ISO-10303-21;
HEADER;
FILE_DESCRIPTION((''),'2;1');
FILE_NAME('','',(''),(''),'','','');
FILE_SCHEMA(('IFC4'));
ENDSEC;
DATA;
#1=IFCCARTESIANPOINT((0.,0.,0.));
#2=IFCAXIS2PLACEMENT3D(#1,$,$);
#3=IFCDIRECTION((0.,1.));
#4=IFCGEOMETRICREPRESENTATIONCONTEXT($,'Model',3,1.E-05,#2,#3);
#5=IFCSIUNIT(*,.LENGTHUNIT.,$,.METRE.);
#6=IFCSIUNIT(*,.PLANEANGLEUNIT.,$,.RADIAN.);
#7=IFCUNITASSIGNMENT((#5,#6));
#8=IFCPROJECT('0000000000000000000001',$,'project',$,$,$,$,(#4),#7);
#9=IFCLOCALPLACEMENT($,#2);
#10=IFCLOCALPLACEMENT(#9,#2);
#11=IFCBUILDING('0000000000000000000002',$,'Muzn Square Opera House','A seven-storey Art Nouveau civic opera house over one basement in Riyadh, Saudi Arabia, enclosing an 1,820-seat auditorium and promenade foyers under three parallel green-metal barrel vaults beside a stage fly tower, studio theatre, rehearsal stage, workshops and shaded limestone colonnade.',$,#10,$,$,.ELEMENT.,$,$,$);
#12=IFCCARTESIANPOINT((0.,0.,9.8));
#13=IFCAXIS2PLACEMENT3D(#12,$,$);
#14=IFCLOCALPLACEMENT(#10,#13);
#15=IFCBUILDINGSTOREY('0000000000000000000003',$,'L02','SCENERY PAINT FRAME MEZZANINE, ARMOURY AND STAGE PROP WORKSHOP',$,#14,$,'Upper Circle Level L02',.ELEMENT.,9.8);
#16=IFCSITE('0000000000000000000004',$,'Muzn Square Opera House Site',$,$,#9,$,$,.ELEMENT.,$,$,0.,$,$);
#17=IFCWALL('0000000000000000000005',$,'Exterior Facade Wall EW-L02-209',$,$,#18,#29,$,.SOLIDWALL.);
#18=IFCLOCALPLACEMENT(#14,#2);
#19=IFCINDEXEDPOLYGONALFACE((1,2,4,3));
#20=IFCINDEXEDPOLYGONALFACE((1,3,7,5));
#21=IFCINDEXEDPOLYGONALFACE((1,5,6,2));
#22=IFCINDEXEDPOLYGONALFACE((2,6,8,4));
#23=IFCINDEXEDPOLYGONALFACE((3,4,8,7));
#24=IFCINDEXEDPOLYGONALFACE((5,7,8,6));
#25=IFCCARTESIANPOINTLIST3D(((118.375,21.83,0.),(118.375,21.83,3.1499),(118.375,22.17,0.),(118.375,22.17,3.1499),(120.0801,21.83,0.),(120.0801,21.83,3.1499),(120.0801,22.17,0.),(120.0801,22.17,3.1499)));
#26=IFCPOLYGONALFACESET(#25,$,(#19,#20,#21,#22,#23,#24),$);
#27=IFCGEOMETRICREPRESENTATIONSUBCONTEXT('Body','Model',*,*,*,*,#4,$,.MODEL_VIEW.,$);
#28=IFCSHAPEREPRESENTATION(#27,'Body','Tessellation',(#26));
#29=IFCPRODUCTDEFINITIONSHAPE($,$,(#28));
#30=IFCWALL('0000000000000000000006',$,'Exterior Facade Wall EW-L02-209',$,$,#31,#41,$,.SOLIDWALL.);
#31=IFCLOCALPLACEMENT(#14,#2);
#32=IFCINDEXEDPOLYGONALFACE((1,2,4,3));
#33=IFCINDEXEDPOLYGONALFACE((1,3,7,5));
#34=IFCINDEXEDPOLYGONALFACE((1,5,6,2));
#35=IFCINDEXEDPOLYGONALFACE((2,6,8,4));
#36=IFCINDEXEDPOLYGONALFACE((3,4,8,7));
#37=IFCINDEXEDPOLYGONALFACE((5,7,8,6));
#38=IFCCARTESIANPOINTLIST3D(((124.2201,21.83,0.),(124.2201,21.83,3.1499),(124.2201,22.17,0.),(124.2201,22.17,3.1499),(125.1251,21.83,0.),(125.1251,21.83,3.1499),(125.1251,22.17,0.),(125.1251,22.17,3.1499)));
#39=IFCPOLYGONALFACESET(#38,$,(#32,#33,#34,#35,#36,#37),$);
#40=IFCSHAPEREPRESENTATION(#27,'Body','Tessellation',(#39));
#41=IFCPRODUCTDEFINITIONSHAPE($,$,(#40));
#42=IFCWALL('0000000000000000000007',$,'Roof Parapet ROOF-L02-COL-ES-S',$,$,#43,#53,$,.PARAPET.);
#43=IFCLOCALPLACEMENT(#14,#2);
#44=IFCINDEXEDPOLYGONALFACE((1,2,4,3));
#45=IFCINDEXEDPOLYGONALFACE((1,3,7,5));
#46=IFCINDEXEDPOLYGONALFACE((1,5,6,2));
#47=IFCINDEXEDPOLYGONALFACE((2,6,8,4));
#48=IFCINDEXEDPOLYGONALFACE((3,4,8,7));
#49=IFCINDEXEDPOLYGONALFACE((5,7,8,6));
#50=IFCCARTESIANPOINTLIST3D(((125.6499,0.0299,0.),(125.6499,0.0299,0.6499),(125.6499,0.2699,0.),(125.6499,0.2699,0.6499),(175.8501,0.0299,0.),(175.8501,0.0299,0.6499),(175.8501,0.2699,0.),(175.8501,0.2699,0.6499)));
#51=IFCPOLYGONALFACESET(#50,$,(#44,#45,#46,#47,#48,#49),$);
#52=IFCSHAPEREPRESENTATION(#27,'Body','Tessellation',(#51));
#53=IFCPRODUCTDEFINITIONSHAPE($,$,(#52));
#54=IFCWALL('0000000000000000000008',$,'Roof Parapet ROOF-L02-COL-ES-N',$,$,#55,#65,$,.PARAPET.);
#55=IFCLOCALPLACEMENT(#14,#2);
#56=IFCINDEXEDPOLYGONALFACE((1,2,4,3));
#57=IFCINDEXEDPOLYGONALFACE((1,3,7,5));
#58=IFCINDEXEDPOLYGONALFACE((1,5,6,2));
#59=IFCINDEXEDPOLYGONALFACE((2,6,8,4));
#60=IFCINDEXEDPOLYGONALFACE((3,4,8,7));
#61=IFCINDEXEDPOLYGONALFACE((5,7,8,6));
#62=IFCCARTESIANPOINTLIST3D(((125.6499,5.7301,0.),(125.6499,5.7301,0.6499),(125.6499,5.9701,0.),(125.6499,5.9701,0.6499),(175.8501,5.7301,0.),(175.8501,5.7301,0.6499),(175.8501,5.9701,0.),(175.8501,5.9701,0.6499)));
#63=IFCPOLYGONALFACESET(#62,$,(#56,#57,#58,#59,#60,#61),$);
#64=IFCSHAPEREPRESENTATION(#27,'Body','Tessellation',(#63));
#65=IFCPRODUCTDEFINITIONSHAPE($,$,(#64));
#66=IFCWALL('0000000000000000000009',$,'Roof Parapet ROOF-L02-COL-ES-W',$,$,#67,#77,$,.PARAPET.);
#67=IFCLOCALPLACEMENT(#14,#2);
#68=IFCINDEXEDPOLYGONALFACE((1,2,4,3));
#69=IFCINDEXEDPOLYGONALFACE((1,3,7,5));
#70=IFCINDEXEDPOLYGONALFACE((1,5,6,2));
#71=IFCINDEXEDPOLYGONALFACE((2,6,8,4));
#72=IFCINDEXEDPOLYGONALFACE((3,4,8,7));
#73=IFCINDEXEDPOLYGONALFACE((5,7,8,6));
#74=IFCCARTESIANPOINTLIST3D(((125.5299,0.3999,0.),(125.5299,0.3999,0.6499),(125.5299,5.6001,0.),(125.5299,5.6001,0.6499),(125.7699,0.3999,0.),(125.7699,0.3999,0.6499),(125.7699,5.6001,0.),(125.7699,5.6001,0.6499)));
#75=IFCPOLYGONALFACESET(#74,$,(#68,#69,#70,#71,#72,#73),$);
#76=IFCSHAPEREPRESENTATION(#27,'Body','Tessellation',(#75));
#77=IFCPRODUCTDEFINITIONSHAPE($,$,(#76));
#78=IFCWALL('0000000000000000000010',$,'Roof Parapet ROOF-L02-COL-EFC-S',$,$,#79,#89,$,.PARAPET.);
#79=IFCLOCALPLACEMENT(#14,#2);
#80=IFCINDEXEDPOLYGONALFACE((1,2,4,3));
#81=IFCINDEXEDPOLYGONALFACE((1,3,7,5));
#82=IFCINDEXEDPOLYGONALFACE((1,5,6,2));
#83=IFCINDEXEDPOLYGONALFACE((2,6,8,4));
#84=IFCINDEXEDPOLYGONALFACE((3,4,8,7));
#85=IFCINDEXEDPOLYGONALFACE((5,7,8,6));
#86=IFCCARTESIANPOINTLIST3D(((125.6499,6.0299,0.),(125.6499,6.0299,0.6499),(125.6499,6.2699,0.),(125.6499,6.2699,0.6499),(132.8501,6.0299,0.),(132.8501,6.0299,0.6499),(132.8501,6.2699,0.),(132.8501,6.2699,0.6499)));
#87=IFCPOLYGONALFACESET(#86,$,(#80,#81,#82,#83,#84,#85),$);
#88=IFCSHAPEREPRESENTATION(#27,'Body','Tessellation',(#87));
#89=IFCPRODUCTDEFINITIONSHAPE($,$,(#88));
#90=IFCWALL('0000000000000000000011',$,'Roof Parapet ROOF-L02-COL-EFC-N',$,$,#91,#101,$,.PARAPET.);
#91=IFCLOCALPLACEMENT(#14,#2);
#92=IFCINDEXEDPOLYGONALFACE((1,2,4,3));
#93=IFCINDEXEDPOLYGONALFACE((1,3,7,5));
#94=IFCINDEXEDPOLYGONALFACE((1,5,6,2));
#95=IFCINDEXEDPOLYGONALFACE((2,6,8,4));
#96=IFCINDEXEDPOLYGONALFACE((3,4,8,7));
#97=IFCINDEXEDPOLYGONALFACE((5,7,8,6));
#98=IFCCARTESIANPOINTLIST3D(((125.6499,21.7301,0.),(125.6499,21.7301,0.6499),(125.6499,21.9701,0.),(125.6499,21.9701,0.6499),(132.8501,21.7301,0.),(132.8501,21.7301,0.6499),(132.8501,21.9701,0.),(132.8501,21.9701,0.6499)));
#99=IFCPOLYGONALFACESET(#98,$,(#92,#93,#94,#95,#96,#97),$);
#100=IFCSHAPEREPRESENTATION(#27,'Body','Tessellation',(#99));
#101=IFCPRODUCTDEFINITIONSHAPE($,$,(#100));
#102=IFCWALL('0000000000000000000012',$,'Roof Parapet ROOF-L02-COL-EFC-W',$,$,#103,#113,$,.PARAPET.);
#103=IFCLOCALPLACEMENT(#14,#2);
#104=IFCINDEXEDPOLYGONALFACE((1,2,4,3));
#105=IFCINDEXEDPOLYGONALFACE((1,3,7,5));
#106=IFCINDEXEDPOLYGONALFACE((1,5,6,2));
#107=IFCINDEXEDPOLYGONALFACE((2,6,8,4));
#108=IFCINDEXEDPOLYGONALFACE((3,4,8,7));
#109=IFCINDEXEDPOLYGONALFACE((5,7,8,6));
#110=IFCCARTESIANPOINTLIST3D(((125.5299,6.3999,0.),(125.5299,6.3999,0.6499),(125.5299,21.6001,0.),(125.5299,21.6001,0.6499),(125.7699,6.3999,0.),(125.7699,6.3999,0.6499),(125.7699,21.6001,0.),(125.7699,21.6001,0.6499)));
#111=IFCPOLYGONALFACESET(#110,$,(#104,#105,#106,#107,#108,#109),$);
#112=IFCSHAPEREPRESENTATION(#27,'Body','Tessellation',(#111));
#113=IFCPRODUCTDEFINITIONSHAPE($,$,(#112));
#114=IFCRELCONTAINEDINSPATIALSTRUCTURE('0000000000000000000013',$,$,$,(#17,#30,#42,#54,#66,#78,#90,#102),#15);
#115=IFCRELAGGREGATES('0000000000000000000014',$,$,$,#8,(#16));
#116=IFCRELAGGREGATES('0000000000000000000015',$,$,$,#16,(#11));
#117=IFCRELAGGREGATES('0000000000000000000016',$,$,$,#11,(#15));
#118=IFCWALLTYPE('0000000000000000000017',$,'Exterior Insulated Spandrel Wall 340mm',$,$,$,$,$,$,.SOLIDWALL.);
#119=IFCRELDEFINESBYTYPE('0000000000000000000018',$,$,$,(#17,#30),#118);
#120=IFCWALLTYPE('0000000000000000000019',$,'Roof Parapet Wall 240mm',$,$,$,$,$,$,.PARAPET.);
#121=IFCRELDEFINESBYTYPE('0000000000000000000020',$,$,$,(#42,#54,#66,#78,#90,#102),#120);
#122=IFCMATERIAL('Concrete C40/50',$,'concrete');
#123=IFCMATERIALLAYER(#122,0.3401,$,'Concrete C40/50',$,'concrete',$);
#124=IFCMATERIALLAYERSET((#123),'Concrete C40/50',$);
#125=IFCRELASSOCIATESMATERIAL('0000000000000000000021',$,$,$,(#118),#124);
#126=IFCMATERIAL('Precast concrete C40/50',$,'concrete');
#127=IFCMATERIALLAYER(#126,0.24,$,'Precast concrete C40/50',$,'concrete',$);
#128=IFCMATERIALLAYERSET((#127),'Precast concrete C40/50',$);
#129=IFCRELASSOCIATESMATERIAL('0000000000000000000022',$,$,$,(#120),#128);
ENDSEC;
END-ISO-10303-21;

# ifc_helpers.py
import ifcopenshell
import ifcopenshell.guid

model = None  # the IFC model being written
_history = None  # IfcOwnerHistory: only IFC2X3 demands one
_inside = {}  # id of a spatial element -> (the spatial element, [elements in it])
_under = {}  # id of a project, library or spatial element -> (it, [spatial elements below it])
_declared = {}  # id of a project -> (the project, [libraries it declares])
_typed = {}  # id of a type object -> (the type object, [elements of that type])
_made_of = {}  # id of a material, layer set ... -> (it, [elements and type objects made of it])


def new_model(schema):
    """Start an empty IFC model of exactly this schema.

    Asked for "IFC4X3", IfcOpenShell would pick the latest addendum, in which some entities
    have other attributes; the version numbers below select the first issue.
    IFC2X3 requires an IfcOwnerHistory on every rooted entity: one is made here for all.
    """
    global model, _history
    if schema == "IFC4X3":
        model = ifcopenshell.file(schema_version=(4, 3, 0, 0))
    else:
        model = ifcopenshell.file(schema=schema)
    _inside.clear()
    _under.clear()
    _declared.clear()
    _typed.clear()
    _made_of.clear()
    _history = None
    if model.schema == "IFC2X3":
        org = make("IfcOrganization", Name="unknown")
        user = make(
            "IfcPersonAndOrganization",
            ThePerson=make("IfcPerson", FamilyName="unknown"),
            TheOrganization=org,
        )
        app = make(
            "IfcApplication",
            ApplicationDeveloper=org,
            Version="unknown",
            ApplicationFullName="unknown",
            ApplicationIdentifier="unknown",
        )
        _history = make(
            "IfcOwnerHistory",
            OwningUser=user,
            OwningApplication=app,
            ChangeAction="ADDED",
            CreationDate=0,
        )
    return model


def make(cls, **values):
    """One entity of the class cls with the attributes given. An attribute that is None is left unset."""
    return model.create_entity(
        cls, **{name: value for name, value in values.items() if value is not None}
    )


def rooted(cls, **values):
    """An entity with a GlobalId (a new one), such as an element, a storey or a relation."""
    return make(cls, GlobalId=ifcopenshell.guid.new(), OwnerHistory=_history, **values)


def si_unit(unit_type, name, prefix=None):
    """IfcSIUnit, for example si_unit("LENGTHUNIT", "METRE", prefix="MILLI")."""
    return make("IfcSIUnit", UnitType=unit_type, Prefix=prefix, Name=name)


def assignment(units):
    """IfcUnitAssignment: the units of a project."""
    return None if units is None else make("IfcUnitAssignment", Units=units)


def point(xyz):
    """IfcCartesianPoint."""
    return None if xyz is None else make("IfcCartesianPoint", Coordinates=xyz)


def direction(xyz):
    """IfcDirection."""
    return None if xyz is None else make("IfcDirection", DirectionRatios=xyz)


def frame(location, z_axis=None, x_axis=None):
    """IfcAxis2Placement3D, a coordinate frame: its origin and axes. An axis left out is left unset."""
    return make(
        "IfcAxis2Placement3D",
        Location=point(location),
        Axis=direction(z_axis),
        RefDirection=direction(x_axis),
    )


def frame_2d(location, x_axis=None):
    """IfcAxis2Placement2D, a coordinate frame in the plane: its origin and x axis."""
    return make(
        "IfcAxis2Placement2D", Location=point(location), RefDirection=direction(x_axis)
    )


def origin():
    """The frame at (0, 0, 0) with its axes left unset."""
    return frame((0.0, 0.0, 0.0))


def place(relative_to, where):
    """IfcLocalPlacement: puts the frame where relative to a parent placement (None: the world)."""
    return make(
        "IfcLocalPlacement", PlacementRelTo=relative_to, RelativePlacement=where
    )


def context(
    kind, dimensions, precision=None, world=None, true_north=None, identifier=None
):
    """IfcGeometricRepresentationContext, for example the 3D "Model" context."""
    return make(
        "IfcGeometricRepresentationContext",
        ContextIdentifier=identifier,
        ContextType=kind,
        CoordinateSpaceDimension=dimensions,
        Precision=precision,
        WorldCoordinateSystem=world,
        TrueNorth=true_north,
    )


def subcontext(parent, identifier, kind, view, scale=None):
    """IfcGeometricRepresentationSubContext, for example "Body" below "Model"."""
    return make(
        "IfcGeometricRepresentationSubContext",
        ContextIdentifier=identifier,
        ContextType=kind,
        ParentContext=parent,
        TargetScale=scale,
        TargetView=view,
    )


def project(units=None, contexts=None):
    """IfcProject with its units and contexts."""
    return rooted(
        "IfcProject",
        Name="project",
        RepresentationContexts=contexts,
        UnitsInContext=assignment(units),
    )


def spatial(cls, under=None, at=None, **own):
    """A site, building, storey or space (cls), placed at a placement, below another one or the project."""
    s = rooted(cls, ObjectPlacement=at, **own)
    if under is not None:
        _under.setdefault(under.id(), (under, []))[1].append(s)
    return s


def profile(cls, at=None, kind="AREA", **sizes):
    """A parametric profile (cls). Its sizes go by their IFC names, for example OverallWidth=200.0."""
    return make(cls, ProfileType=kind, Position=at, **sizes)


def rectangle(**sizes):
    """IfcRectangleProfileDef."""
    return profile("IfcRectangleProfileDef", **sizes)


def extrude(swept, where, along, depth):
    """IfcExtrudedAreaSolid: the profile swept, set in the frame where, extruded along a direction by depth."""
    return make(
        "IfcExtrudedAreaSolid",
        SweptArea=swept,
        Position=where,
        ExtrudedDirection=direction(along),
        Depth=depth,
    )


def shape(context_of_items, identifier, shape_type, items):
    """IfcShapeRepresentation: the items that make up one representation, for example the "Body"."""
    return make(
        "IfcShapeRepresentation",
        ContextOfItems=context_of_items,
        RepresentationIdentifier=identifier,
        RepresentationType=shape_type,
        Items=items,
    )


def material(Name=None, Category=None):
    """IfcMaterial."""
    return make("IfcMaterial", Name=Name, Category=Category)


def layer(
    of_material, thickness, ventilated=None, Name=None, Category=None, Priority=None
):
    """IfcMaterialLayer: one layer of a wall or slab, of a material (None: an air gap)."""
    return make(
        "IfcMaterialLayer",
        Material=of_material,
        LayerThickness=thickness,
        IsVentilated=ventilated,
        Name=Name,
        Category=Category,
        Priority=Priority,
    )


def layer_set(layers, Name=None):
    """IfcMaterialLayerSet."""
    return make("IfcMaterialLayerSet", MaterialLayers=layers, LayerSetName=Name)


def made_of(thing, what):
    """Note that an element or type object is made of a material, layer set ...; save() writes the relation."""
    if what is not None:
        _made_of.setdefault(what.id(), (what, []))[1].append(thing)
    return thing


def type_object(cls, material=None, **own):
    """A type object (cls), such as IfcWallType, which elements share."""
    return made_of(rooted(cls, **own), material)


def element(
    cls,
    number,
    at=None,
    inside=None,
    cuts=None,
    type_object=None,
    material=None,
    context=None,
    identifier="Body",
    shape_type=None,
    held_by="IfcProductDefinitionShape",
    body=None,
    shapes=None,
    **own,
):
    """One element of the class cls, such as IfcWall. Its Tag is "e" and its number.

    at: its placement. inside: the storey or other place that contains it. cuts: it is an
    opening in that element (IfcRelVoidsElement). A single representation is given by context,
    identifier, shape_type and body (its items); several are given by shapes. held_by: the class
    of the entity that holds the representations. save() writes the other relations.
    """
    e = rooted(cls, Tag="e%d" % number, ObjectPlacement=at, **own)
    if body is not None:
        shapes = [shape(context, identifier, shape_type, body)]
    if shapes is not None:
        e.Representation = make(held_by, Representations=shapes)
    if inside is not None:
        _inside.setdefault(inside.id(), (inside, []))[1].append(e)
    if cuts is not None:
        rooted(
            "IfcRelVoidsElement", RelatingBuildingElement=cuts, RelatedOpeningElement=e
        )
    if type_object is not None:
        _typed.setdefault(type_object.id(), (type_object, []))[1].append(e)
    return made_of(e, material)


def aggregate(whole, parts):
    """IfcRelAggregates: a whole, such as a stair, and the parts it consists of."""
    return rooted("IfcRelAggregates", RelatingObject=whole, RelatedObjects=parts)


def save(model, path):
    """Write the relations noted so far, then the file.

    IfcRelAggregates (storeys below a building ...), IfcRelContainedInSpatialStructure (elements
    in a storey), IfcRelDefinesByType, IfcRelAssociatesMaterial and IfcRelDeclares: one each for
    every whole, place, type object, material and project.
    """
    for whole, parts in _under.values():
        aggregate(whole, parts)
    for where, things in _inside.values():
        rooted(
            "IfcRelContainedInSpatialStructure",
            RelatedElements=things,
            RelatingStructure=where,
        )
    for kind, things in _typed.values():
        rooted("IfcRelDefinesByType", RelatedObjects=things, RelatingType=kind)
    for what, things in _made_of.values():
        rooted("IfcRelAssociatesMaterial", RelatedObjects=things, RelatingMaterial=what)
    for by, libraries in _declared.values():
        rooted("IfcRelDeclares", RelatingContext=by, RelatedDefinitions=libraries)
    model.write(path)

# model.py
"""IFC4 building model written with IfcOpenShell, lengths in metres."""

from ifc_helpers import new_model, si_unit, direction, frame, frame_2d, origin, place, context, subcontext, project, spatial, rectangle, extrude, material, layer, layer_set, type_object, element, save


model = new_model("IFC4")

# Units and contexts
model_context = context("Model", 3, precision=1e-05, world=origin(), true_north=direction((0.0, 1.0)))
body_context = subcontext(model_context, "Body", "Model", "MODEL_VIEW")
ifc_project = project(units=[si_unit("LENGTHUNIT", "METRE"), si_unit("PLANEANGLEUNIT", "RADIAN")], contexts=[model_context])

# Site, building, storey
site_placement = place(None, origin())
site = spatial("IfcSite", under=ifc_project, at=site_placement, Name="Muzn Square Opera House Site", CompositionType="ELEMENT", RefElevation=0.0)
building_placement = place(site_placement, origin())
building = spatial("IfcBuilding", under=site, at=building_placement, Name="Muzn Square Opera House", Description="A seven-storey Art Nouveau civic opera house over one basement in Riyadh, Saudi Arabia, enclosing an 1,820-seat auditorium and promenade foyers under three parallel green-metal barrel vaults beside a stage fly tower, studio theatre, rehearsal stage, workshops and shaded limestone colonnade.", CompositionType="ELEMENT")
storey_placement = place(building_placement, frame((0.0, 0.0, 9.8)))
storey = spatial("IfcBuildingStorey", under=building, at=storey_placement, Name="L02", Description="SCENERY PAINT FRAME MEZZANINE, ARMOURY AND STAGE PROP WORKSHOP", LongName="Upper Circle Level L02", CompositionType="ELEMENT", Elevation=9.8)

# Shared definitions
ifc_material_1 = material(Name="Concrete C40/50", Category="concrete")

# Walls
ifc_layer_1 = layer(ifc_material_1, 0.3401, Name="Concrete C40/50", Category="concrete")
ifc_layer_set_1 = layer_set([ifc_layer_1], Name="Concrete C40/50")
wall_type_1 = type_object("IfcWallType", Name="Exterior Insulated Spandrel Wall 340mm", PredefinedType="SOLIDWALL", material=ifc_layer_set_1)
wall_1_placement = place(storey_placement, frame((118.375, 22.0, 0.0), z_axis=(0.0, 0.0, 1.0), x_axis=(1.0, 0.0, 0.0)))
element("IfcWall", 1, at=wall_1_placement, inside=storey, type_object=wall_type_1, Name="Exterior Facade Wall EW-L02-209", PredefinedType="SOLIDWALL", context=body_context, shape_type="SweptSolid", body=[
    extrude(rectangle(XDim=1.7051, YDim=0.3401, at=frame_2d((0.8525, 0.0))), origin(), (0.0, 0.0, 1.0), 3.1499),
])
wall_2_placement = place(storey_placement, frame((124.22, 22.0, 0.0), z_axis=(0.0, 0.0, 1.0), x_axis=(1.0, 0.0, 0.0)))
element("IfcWall", 2, at=wall_2_placement, inside=storey, type_object=wall_type_1, Name="Exterior Facade Wall EW-L02-209", PredefinedType="SOLIDWALL", context=body_context, shape_type="SweptSolid", body=[
    extrude(rectangle(XDim=0.905, YDim=0.3401, at=frame_2d((0.4526, 0.0))), origin(), (0.0, 0.0, 1.0), 3.1499),
])
ifc_material_2 = material(Name="Precast concrete C40/50", Category="concrete")
ifc_layer_2 = layer(ifc_material_2, 0.24, Name="Precast concrete C40/50", Category="concrete")
ifc_layer_set_2 = layer_set([ifc_layer_2], Name="Precast concrete C40/50")
wall_type_2 = type_object("IfcWallType", Name="Roof Parapet Wall 240mm", PredefinedType="PARAPET", material=ifc_layer_set_2)
for number, where, z_axis, x_axis, name in (
    (3, (125.6499, 0.1499, 0.0), (0.0, 0.0, 1.0), (1.0, 0.0, 0.0), "Roof Parapet ROOF-L02-COL-ES-S"),
    (4, (125.6499, 5.8501, 0.0), (0.0, 0.0, 1.0), (1.0, 0.0, 0.0), "Roof Parapet ROOF-L02-COL-ES-N"),
):
    element("IfcWall", number, at=place(storey_placement, frame(where, z_axis=z_axis, x_axis=x_axis)), inside=storey, type_object=wall_type_2, Name=name, PredefinedType="PARAPET", context=body_context, shape_type="SweptSolid", body=[
        extrude(rectangle(XDim=50.2002, YDim=0.24, at=frame_2d((25.1001, 0.0))), origin(), (0.0, 0.0, 1.0), 0.6499),
    ])
wall_3_placement = place(storey_placement, frame((125.6499, 0.3999, 0.0), z_axis=(0.0, 0.0, 1.0), x_axis=(0.0, 1.0, 0.0)))
element("IfcWall", 5, at=wall_3_placement, inside=storey, type_object=wall_type_2, Name="Roof Parapet ROOF-L02-COL-ES-W", PredefinedType="PARAPET", context=body_context, shape_type="SweptSolid", body=[
    extrude(rectangle(XDim=5.2002, YDim=0.24, at=frame_2d((2.6001, 0.0))), origin(), (0.0, 0.0, 1.0), 0.6499),
])
for number, where, z_axis, x_axis, name in (
    (6, (125.6499, 6.1499, 0.0), (0.0, 0.0, 1.0), (1.0, 0.0, 0.0), "Roof Parapet ROOF-L02-COL-EFC-S"),
    (7, (125.6499, 21.8501, 0.0), (0.0, 0.0, 1.0), (1.0, 0.0, 0.0), "Roof Parapet ROOF-L02-COL-EFC-N"),
):
    element("IfcWall", number, at=place(storey_placement, frame(where, z_axis=z_axis, x_axis=x_axis)), inside=storey, type_object=wall_type_2, Name=name, PredefinedType="PARAPET", context=body_context, shape_type="SweptSolid", body=[
        extrude(rectangle(XDim=7.2002, YDim=0.24, at=frame_2d((3.6001, 0.0))), origin(), (0.0, 0.0, 1.0), 0.6499),
    ])
wall_4_placement = place(storey_placement, frame((125.6499, 6.3999, 0.0), z_axis=(0.0, 0.0, 1.0), x_axis=(0.0, 1.0, 0.0)))
element("IfcWall", 8, at=wall_4_placement, inside=storey, type_object=wall_type_2, Name="Roof Parapet ROOF-L02-COL-EFC-W", PredefinedType="PARAPET", context=body_context, shape_type="SweptSolid", body=[
    extrude(rectangle(XDim=15.2002, YDim=0.24, at=frame_2d((7.6001, 0.0))), origin(), (0.0, 0.0, 1.0), 0.6499),
])

save(model, "model.ifc")
